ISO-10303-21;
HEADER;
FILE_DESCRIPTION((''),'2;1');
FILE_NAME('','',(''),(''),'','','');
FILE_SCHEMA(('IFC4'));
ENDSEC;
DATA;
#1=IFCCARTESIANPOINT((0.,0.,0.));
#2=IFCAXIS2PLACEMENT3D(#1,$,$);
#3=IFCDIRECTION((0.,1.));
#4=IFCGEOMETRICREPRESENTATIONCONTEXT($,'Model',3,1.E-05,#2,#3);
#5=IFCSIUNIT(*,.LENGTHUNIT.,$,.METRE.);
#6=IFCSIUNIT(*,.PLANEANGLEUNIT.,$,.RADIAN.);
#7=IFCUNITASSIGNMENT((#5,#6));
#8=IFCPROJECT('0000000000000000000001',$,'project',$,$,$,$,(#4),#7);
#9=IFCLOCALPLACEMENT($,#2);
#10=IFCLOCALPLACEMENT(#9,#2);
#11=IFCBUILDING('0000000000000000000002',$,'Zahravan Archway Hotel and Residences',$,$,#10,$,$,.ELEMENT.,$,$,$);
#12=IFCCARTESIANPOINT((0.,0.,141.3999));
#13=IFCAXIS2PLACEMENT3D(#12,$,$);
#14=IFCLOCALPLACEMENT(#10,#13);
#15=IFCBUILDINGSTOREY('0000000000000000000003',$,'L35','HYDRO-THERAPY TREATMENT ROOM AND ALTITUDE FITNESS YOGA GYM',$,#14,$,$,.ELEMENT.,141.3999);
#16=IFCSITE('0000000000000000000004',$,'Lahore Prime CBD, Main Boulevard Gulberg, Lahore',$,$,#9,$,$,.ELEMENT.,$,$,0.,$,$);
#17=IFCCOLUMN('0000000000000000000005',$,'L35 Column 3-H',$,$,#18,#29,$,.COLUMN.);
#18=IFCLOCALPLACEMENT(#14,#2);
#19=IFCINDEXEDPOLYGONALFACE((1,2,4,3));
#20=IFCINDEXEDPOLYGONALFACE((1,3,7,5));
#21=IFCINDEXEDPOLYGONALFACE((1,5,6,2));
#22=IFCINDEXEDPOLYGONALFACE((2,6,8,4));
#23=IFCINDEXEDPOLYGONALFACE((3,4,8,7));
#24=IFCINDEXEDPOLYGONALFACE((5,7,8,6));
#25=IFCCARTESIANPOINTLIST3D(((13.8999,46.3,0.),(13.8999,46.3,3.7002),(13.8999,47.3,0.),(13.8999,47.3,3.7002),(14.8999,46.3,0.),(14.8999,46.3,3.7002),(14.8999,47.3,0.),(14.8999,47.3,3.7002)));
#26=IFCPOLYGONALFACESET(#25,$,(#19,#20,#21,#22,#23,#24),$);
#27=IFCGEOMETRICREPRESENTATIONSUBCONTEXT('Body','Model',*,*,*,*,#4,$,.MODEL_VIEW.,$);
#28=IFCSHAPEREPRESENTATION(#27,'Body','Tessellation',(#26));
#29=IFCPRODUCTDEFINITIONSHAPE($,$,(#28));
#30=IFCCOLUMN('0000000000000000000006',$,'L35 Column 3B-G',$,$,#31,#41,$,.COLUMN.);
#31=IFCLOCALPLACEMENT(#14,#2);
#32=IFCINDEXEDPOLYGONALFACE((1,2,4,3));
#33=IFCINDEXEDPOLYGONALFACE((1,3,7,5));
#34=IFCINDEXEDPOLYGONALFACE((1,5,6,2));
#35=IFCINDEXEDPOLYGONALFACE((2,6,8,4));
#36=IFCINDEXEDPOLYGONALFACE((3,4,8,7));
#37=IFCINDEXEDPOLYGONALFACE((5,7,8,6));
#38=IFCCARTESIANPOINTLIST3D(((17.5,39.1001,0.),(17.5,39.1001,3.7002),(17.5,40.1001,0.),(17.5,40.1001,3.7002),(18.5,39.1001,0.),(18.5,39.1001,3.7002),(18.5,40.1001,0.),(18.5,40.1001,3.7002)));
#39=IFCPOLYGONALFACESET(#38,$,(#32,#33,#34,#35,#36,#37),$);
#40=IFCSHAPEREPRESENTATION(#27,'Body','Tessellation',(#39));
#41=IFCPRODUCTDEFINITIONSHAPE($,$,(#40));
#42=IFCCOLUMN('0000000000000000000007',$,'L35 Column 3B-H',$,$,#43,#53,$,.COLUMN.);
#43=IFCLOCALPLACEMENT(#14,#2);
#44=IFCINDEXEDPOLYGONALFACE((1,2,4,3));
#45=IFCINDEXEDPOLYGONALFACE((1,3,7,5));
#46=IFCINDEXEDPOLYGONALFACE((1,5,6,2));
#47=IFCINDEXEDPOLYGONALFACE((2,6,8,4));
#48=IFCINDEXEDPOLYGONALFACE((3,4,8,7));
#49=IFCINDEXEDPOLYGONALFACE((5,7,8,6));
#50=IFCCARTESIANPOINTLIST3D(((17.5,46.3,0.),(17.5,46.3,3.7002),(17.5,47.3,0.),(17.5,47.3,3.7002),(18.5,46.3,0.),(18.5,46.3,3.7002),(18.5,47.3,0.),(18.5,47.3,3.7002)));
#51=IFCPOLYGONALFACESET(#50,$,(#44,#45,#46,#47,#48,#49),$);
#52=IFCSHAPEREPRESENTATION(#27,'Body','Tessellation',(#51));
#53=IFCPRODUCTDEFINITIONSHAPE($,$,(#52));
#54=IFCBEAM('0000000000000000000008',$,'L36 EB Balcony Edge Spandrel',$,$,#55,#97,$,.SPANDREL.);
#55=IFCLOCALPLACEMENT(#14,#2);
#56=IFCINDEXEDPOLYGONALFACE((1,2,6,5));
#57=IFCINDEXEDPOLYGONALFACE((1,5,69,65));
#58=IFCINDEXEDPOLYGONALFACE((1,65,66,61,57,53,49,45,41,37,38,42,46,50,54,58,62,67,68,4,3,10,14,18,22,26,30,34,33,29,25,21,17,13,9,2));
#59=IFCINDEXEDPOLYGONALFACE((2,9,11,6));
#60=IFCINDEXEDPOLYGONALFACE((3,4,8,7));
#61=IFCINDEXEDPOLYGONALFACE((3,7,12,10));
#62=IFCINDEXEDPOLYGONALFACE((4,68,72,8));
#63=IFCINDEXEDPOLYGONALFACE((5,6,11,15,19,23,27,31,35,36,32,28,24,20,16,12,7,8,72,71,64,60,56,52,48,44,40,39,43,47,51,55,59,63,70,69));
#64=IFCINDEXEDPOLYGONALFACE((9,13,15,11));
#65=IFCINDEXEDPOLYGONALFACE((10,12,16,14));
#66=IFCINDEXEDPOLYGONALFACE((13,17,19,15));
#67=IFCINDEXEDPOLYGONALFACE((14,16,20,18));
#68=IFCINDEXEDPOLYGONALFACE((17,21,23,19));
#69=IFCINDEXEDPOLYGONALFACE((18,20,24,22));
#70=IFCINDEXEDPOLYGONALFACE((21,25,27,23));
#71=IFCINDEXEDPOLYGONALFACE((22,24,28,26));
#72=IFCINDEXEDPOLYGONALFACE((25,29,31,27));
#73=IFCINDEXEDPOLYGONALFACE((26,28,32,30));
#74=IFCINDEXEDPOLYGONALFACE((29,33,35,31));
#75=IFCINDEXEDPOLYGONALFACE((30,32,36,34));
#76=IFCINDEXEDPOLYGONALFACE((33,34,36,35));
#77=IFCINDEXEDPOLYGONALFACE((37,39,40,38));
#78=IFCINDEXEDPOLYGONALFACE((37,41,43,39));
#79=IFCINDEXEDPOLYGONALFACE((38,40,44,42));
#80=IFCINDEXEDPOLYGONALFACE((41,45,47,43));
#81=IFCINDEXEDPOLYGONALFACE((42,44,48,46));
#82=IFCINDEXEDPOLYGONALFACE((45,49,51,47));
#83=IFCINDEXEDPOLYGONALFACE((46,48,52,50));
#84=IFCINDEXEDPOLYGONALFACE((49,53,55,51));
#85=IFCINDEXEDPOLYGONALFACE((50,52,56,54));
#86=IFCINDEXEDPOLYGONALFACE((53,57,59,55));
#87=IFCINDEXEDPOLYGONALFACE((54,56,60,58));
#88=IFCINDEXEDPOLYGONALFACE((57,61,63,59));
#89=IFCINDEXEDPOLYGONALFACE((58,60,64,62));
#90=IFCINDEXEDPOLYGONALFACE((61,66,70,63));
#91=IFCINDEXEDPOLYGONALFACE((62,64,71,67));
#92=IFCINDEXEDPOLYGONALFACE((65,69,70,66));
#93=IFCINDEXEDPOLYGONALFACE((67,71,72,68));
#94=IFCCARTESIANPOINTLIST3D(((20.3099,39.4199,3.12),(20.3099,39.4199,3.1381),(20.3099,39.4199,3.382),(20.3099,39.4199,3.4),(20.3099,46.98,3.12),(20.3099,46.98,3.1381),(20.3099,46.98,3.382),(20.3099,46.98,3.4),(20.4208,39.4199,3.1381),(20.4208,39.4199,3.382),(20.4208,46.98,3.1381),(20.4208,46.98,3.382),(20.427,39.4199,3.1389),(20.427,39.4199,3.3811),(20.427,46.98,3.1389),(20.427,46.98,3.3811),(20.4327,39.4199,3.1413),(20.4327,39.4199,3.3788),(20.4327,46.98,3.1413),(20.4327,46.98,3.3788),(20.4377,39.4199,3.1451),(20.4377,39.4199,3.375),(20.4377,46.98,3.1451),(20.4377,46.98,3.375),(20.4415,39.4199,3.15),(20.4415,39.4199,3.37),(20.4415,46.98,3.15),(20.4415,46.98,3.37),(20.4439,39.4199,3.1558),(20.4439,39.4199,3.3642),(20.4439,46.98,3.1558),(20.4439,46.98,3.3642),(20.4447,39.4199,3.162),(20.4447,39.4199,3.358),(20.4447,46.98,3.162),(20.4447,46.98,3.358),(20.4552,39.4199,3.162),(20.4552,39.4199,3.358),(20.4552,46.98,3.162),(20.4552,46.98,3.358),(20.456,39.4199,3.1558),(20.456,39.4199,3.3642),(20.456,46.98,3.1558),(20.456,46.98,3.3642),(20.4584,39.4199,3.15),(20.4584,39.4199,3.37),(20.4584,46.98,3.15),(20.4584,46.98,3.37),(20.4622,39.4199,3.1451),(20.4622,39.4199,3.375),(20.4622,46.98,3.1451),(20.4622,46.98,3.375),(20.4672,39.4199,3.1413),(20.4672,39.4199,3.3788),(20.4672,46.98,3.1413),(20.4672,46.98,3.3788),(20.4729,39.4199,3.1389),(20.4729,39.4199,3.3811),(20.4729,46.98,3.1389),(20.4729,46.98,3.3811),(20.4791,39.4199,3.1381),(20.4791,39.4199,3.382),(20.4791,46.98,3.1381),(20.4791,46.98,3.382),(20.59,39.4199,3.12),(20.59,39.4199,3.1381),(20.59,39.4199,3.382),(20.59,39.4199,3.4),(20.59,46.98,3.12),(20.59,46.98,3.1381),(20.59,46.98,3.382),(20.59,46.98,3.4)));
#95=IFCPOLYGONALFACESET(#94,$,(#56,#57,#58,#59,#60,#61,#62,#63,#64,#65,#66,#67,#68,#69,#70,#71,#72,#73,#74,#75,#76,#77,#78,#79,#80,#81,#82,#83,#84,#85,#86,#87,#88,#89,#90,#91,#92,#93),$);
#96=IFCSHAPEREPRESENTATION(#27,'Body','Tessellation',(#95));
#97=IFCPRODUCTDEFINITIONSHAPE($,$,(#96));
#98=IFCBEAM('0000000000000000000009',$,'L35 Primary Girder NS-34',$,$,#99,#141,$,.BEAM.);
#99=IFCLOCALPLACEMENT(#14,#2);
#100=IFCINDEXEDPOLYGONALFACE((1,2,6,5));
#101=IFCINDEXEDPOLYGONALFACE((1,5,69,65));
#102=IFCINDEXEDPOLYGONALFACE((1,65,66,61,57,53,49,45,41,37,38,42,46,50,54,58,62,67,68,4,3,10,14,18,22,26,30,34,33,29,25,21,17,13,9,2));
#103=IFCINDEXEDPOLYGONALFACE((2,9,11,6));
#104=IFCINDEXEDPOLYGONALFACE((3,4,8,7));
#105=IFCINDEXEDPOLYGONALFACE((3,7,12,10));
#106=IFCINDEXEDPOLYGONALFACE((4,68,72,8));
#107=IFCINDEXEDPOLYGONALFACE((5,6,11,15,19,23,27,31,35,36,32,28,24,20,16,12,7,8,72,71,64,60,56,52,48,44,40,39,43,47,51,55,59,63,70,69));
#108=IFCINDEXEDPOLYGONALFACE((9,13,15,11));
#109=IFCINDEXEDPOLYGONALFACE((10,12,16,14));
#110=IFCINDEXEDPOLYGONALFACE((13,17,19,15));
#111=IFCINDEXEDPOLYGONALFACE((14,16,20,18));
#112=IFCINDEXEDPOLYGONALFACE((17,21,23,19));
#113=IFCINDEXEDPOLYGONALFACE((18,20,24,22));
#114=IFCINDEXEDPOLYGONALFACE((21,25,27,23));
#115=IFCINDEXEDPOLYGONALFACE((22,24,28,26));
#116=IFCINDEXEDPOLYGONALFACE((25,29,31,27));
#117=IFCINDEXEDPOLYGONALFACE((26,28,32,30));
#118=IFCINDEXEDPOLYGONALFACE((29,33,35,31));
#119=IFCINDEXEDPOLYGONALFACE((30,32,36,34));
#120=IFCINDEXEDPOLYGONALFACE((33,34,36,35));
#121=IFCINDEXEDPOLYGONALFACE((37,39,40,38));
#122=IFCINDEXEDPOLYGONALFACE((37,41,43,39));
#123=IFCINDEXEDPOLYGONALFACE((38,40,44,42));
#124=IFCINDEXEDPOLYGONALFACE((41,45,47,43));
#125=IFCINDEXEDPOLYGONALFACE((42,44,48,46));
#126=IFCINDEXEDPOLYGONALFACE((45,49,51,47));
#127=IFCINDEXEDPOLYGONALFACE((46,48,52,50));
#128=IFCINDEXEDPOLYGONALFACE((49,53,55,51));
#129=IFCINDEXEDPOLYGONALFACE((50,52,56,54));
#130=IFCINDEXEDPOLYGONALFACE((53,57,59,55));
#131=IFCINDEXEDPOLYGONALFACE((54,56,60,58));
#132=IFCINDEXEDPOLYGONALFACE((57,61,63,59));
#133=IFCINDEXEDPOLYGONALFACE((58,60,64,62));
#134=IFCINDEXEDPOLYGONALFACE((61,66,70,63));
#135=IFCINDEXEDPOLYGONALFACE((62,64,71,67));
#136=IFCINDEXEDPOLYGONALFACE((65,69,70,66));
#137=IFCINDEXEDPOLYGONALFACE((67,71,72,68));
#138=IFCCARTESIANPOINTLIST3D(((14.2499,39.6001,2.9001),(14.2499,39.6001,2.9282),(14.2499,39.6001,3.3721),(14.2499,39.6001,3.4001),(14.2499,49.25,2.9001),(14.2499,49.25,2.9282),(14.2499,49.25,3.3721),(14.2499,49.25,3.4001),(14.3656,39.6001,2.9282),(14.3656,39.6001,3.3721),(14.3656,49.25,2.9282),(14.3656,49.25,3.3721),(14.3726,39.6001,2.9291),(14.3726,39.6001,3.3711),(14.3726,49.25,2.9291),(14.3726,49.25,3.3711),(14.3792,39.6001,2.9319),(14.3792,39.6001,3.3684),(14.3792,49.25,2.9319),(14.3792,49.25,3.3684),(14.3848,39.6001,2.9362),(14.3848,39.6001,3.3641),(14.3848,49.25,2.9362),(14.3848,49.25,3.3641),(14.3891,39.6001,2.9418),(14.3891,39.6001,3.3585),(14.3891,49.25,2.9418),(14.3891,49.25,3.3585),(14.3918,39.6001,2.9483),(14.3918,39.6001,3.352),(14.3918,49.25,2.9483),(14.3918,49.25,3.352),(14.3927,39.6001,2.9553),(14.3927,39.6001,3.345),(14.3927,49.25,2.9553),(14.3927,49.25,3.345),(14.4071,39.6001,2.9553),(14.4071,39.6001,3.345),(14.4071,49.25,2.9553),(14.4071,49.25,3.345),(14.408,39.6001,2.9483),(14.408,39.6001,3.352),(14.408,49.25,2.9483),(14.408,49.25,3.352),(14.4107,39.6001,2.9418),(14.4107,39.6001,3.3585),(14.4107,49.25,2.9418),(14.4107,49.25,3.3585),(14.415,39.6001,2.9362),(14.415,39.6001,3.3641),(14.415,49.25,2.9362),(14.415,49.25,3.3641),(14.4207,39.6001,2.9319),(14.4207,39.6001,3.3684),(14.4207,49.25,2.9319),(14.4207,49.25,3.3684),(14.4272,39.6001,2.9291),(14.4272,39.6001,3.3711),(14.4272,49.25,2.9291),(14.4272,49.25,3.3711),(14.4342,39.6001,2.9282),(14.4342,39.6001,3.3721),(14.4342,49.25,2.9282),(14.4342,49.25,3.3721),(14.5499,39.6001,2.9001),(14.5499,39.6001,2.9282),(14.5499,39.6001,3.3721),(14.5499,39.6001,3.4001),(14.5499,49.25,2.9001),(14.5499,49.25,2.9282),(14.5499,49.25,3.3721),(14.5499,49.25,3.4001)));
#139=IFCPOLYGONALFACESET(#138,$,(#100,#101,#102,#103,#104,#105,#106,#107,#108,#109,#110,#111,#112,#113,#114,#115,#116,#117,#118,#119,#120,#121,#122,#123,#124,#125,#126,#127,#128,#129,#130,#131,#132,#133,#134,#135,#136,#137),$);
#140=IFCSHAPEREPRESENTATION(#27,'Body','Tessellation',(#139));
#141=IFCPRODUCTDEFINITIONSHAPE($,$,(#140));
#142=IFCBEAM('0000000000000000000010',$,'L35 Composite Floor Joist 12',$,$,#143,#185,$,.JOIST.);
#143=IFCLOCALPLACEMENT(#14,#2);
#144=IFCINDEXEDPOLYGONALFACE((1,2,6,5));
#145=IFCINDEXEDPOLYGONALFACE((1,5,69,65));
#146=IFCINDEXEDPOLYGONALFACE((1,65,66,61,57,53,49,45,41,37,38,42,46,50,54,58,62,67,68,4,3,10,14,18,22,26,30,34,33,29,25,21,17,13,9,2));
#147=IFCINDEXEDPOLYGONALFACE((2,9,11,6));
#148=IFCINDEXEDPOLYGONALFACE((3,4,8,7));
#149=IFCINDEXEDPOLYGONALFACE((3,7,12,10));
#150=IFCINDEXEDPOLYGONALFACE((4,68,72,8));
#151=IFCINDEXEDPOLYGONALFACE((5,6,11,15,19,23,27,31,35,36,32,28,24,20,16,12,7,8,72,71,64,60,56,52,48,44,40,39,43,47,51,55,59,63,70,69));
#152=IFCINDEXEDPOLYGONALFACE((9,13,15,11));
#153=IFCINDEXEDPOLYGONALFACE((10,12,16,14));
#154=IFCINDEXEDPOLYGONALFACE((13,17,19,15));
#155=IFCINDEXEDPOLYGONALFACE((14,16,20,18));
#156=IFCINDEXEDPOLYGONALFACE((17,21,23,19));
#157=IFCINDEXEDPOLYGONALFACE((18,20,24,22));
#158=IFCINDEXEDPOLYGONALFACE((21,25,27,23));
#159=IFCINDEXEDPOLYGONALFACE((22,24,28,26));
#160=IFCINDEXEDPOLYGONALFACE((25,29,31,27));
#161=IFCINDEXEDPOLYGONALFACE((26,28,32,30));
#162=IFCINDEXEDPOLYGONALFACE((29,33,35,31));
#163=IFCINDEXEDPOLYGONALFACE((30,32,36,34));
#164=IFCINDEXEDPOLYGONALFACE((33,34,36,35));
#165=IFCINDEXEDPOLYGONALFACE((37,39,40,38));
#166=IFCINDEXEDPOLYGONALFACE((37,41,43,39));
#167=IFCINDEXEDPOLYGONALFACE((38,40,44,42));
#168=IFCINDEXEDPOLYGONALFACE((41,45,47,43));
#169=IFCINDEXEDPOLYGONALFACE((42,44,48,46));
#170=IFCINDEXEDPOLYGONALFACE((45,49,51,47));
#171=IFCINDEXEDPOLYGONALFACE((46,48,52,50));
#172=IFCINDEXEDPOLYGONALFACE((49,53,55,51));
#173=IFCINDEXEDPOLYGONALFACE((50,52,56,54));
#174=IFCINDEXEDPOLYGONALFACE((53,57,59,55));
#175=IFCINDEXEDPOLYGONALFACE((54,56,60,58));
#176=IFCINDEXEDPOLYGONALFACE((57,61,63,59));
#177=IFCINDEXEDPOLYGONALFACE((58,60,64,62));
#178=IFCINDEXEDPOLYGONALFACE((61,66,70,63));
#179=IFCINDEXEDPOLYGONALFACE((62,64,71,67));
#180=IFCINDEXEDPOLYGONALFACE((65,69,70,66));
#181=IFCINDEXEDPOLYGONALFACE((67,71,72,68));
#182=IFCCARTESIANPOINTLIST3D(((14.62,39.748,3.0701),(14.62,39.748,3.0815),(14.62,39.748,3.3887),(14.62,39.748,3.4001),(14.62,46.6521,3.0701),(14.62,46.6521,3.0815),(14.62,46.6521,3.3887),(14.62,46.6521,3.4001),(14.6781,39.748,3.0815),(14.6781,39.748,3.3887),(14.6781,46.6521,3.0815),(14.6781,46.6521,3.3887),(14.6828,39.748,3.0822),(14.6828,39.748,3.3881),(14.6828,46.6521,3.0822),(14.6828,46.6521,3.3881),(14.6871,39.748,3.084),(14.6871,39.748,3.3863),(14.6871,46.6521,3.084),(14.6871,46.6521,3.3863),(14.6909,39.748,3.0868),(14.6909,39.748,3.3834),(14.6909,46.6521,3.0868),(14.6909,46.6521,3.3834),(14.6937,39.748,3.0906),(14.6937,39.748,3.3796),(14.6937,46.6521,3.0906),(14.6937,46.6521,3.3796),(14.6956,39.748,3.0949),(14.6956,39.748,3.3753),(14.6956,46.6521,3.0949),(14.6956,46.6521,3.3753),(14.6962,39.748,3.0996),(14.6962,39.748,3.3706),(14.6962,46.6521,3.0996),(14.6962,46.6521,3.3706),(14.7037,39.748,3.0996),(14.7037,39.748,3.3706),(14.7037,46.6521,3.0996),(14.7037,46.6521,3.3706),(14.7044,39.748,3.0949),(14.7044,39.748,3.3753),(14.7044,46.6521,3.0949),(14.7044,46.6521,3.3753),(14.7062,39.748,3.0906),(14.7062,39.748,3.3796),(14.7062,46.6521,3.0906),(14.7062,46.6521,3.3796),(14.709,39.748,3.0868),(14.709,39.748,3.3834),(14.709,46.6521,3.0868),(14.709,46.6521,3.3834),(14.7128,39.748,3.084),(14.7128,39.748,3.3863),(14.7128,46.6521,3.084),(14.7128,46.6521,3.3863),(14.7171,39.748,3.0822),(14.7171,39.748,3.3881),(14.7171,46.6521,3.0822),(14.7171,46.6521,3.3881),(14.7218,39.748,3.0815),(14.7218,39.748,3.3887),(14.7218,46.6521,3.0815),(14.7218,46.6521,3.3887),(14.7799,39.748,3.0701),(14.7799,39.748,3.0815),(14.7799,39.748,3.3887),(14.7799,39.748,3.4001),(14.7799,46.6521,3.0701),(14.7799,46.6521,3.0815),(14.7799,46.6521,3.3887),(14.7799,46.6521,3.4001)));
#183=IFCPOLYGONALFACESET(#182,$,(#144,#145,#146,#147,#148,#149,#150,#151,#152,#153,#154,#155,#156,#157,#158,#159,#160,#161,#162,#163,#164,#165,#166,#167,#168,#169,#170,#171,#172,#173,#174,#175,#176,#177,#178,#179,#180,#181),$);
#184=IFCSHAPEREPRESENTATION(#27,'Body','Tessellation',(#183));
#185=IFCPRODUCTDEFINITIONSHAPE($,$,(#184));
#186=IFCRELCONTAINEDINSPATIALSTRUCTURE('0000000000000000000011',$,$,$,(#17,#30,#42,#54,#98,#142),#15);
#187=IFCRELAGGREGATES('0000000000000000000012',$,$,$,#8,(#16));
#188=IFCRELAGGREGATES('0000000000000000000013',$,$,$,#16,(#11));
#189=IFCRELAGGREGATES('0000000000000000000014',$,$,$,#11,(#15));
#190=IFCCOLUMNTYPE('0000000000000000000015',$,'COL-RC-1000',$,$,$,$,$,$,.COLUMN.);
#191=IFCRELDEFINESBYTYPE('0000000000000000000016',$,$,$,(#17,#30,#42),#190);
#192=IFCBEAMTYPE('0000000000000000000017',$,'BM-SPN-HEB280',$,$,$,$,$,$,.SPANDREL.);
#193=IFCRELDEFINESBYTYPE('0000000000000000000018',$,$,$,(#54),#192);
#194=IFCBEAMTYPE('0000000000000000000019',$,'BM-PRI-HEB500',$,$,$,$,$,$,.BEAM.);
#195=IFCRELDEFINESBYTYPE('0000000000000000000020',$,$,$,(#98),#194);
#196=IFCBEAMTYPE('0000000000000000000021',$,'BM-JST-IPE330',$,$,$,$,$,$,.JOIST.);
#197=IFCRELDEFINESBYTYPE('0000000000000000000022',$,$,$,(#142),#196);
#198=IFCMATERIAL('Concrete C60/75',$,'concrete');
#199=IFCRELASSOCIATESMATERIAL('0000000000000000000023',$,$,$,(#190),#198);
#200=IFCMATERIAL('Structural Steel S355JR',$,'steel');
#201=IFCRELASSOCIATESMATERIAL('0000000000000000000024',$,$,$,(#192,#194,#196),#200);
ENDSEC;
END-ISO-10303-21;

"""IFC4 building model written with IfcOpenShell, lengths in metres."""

from ifc_helpers import new_model, si_unit, direction, frame, origin, origin_2d, place, context, subcontext, project, spatial, rectangle, i_section, extrude, source, transform, mapped, material, material_profile, profile_set, type_object, type_shapes, element, save


model = new_model("IFC4")

# Units and contexts
model_context = context("Model", 3, precision=1e-05, world=origin(), true_north=direction((0.0, 1.0)))
body_context = subcontext(model_context, "Body", "Model", "MODEL_VIEW")
ifc_project = project(units=[si_unit("LENGTHUNIT", "METRE"), si_unit("PLANEANGLEUNIT", "RADIAN")], contexts=[model_context])

# Site, building, storey
site_placement = place(None, origin())
site = spatial("IfcSite", under=ifc_project, at=site_placement, Name="Lahore Prime CBD, Main Boulevard Gulberg, Lahore", CompositionType="ELEMENT", RefElevation=0.0)
building_placement = place(site_placement, origin())
building = spatial("IfcBuilding", under=site, at=building_placement, Name="Zahravan Archway Hotel and Residences", CompositionType="ELEMENT")
storey_placement = place(building_placement, frame((0.0, 0.0, 141.3999)))
storey = spatial("IfcBuildingStorey", under=building, at=storey_placement, Name="L35", Description="HYDRO-THERAPY TREATMENT ROOM AND ALTITUDE FITNESS YOGA GYM", CompositionType="ELEMENT", Elevation=141.3999)

# Columns
ifc_material_1 = material(Name="Concrete C60/75", Category="concrete")
ifc_material_profile_1 = material_profile(ifc_material_1, rectangle(XDim=1.0, YDim=1.0, at=origin_2d()), Name="RC-COL-1000x1000", Category="concrete")
ifc_profile_set_1 = profile_set([ifc_material_profile_1], Name="Concrete C60/75")
column_type = type_object("IfcColumnType", Name="COL-RC-1000", PredefinedType="COLUMN", material=ifc_profile_set_1)
shared_shape_1 = source(origin(), body_context, "Body", "SweptSolid", [
    extrude(rectangle(XDim=1.0, YDim=1.0, at=origin_2d()), origin(), (0.0, 0.0, 1.0), 3.7002),
])
for number, where, z_axis, x_axis, name in (
    (1, (14.3999, 46.8, 0.0), (0.0, 0.0, 1.0), (1.0, 0.0, 0.0), "L35 Column 3-H"),
    (2, (18.0, 39.6001, 0.0), (0.0, 0.0, 1.0), (1.0, 0.0, 0.0), "L35 Column 3B-G"),
    (3, (18.0, 46.8, 0.0), (0.0, 0.0, 1.0), (1.0, 0.0, 0.0), "L35 Column 3B-H"),
):
    element("IfcColumn", number, at=place(storey_placement, frame(where, z_axis=z_axis, x_axis=x_axis)), inside=storey, type_object=column_type, Name=name, PredefinedType="COLUMN", context=body_context, shape_type="MappedRepresentation", body=[
        mapped(shared_shape_1, transform((0.0, 0.0, 0.0), scale=1.0)),
    ])

# Beams
ifc_material_2 = material(Name="Structural Steel S355JR", Category="steel")
ifc_material_profile_2 = material_profile(ifc_material_2, i_section(OverallWidth=0.28, OverallDepth=0.28, WebThickness=0.0105, FlangeThickness=0.0181, FilletRadius=0.0239, at=origin_2d()), Name="HEB 280", Category="steel")
ifc_profile_set_2 = profile_set([ifc_material_profile_2], Name="Structural Steel S355JR")
beam_type_1 = type_object("IfcBeamType", Name="BM-SPN-HEB280", PredefinedType="SPANDREL", material=ifc_profile_set_2)
shared_shape_2 = source(origin(), body_context, "Body", "SweptSolid", [
    extrude(i_section(OverallWidth=0.28, OverallDepth=0.28, WebThickness=0.0105, FlangeThickness=0.0181, FilletRadius=0.0239, at=origin_2d()), origin(), (0.0, 0.0, 1.0), 7.5601),
])
type_shapes(beam_type_1, [shared_shape_2])
beam_1_placement = place(storey_placement, frame((20.45, 39.4199, 3.26), z_axis=(0.0, 1.0, 0.0), x_axis=(-1.0, 0.0, 0.0)))
element("IfcBeam", 4, at=beam_1_placement, inside=storey, type_object=beam_type_1, Name="L36 EB Balcony Edge Spandrel", PredefinedType="SPANDREL", context=body_context, shape_type="MappedRepresentation", body=[
    mapped(shared_shape_2, transform((0.0, 0.0, 0.0), scale=1.0)),
])
ifc_material_profile_3 = material_profile(ifc_material_2, i_section(OverallWidth=0.3, OverallDepth=0.5, WebThickness=0.0144, FlangeThickness=0.0281, FilletRadius=0.0271, at=origin_2d()), Name="HEB 500", Category="steel")
ifc_profile_set_3 = profile_set([ifc_material_profile_3], Name="Structural Steel S355JR")
beam_type_2 = type_object("IfcBeamType", Name="BM-PRI-HEB500", PredefinedType="BEAM", material=ifc_profile_set_3)
shared_shape_3 = source(origin(), body_context, "Body", "SweptSolid", [
    extrude(i_section(OverallWidth=0.3, OverallDepth=0.5, WebThickness=0.0144, FlangeThickness=0.0281, FilletRadius=0.0271, at=origin_2d()), origin(), (0.0, 0.0, 1.0), 9.6499),
])
beam_2_placement = place(storey_placement, frame((14.3999, 39.6001, 3.1501), z_axis=(0.0, 1.0, 0.0), x_axis=(-1.0, 0.0, 0.0)))
element("IfcBeam", 5, at=beam_2_placement, inside=storey, type_object=beam_type_2, Name="L35 Primary Girder NS-34", PredefinedType="BEAM", context=body_context, shape_type="MappedRepresentation", body=[
    mapped(shared_shape_3, transform((0.0, 0.0, 0.0), scale=1.0)),
])
ifc_material_profile_4 = material_profile(ifc_material_2, i_section(OverallWidth=0.1599, OverallDepth=0.3301, WebThickness=0.0076, FlangeThickness=0.0115, FilletRadius=0.0181, at=origin_2d()), Name="IPE 330", Category="steel")
ifc_profile_set_4 = profile_set([ifc_material_profile_4], Name="Structural Steel S355JR")
beam_type_3 = type_object("IfcBeamType", Name="BM-JST-IPE330", PredefinedType="JOIST", material=ifc_profile_set_4)
shared_shape_4 = source(origin(), body_context, "Body", "SweptSolid", [
    extrude(i_section(OverallWidth=0.1599, OverallDepth=0.3301, WebThickness=0.0076, FlangeThickness=0.0115, FilletRadius=0.0181, at=origin_2d()), origin(), (0.0, 0.0, 1.0), 6.9041),
])
type_shapes(beam_type_3, [shared_shape_4])
beam_3_placement = place(storey_placement, frame((14.7, 39.748, 3.2351), z_axis=(0.0, 1.0, 0.0), x_axis=(-1.0, 0.0, 0.0)))
element("IfcBeam", 6, at=beam_3_placement, inside=storey, type_object=beam_type_3, Name="L35 Composite Floor Joist 12", PredefinedType="JOIST", context=body_context, shape_type="MappedRepresentation", body=[
    mapped(shared_shape_4, transform((0.0, 0.0, 0.0), scale=1.0)),
])

save(model, "model.ifc")
